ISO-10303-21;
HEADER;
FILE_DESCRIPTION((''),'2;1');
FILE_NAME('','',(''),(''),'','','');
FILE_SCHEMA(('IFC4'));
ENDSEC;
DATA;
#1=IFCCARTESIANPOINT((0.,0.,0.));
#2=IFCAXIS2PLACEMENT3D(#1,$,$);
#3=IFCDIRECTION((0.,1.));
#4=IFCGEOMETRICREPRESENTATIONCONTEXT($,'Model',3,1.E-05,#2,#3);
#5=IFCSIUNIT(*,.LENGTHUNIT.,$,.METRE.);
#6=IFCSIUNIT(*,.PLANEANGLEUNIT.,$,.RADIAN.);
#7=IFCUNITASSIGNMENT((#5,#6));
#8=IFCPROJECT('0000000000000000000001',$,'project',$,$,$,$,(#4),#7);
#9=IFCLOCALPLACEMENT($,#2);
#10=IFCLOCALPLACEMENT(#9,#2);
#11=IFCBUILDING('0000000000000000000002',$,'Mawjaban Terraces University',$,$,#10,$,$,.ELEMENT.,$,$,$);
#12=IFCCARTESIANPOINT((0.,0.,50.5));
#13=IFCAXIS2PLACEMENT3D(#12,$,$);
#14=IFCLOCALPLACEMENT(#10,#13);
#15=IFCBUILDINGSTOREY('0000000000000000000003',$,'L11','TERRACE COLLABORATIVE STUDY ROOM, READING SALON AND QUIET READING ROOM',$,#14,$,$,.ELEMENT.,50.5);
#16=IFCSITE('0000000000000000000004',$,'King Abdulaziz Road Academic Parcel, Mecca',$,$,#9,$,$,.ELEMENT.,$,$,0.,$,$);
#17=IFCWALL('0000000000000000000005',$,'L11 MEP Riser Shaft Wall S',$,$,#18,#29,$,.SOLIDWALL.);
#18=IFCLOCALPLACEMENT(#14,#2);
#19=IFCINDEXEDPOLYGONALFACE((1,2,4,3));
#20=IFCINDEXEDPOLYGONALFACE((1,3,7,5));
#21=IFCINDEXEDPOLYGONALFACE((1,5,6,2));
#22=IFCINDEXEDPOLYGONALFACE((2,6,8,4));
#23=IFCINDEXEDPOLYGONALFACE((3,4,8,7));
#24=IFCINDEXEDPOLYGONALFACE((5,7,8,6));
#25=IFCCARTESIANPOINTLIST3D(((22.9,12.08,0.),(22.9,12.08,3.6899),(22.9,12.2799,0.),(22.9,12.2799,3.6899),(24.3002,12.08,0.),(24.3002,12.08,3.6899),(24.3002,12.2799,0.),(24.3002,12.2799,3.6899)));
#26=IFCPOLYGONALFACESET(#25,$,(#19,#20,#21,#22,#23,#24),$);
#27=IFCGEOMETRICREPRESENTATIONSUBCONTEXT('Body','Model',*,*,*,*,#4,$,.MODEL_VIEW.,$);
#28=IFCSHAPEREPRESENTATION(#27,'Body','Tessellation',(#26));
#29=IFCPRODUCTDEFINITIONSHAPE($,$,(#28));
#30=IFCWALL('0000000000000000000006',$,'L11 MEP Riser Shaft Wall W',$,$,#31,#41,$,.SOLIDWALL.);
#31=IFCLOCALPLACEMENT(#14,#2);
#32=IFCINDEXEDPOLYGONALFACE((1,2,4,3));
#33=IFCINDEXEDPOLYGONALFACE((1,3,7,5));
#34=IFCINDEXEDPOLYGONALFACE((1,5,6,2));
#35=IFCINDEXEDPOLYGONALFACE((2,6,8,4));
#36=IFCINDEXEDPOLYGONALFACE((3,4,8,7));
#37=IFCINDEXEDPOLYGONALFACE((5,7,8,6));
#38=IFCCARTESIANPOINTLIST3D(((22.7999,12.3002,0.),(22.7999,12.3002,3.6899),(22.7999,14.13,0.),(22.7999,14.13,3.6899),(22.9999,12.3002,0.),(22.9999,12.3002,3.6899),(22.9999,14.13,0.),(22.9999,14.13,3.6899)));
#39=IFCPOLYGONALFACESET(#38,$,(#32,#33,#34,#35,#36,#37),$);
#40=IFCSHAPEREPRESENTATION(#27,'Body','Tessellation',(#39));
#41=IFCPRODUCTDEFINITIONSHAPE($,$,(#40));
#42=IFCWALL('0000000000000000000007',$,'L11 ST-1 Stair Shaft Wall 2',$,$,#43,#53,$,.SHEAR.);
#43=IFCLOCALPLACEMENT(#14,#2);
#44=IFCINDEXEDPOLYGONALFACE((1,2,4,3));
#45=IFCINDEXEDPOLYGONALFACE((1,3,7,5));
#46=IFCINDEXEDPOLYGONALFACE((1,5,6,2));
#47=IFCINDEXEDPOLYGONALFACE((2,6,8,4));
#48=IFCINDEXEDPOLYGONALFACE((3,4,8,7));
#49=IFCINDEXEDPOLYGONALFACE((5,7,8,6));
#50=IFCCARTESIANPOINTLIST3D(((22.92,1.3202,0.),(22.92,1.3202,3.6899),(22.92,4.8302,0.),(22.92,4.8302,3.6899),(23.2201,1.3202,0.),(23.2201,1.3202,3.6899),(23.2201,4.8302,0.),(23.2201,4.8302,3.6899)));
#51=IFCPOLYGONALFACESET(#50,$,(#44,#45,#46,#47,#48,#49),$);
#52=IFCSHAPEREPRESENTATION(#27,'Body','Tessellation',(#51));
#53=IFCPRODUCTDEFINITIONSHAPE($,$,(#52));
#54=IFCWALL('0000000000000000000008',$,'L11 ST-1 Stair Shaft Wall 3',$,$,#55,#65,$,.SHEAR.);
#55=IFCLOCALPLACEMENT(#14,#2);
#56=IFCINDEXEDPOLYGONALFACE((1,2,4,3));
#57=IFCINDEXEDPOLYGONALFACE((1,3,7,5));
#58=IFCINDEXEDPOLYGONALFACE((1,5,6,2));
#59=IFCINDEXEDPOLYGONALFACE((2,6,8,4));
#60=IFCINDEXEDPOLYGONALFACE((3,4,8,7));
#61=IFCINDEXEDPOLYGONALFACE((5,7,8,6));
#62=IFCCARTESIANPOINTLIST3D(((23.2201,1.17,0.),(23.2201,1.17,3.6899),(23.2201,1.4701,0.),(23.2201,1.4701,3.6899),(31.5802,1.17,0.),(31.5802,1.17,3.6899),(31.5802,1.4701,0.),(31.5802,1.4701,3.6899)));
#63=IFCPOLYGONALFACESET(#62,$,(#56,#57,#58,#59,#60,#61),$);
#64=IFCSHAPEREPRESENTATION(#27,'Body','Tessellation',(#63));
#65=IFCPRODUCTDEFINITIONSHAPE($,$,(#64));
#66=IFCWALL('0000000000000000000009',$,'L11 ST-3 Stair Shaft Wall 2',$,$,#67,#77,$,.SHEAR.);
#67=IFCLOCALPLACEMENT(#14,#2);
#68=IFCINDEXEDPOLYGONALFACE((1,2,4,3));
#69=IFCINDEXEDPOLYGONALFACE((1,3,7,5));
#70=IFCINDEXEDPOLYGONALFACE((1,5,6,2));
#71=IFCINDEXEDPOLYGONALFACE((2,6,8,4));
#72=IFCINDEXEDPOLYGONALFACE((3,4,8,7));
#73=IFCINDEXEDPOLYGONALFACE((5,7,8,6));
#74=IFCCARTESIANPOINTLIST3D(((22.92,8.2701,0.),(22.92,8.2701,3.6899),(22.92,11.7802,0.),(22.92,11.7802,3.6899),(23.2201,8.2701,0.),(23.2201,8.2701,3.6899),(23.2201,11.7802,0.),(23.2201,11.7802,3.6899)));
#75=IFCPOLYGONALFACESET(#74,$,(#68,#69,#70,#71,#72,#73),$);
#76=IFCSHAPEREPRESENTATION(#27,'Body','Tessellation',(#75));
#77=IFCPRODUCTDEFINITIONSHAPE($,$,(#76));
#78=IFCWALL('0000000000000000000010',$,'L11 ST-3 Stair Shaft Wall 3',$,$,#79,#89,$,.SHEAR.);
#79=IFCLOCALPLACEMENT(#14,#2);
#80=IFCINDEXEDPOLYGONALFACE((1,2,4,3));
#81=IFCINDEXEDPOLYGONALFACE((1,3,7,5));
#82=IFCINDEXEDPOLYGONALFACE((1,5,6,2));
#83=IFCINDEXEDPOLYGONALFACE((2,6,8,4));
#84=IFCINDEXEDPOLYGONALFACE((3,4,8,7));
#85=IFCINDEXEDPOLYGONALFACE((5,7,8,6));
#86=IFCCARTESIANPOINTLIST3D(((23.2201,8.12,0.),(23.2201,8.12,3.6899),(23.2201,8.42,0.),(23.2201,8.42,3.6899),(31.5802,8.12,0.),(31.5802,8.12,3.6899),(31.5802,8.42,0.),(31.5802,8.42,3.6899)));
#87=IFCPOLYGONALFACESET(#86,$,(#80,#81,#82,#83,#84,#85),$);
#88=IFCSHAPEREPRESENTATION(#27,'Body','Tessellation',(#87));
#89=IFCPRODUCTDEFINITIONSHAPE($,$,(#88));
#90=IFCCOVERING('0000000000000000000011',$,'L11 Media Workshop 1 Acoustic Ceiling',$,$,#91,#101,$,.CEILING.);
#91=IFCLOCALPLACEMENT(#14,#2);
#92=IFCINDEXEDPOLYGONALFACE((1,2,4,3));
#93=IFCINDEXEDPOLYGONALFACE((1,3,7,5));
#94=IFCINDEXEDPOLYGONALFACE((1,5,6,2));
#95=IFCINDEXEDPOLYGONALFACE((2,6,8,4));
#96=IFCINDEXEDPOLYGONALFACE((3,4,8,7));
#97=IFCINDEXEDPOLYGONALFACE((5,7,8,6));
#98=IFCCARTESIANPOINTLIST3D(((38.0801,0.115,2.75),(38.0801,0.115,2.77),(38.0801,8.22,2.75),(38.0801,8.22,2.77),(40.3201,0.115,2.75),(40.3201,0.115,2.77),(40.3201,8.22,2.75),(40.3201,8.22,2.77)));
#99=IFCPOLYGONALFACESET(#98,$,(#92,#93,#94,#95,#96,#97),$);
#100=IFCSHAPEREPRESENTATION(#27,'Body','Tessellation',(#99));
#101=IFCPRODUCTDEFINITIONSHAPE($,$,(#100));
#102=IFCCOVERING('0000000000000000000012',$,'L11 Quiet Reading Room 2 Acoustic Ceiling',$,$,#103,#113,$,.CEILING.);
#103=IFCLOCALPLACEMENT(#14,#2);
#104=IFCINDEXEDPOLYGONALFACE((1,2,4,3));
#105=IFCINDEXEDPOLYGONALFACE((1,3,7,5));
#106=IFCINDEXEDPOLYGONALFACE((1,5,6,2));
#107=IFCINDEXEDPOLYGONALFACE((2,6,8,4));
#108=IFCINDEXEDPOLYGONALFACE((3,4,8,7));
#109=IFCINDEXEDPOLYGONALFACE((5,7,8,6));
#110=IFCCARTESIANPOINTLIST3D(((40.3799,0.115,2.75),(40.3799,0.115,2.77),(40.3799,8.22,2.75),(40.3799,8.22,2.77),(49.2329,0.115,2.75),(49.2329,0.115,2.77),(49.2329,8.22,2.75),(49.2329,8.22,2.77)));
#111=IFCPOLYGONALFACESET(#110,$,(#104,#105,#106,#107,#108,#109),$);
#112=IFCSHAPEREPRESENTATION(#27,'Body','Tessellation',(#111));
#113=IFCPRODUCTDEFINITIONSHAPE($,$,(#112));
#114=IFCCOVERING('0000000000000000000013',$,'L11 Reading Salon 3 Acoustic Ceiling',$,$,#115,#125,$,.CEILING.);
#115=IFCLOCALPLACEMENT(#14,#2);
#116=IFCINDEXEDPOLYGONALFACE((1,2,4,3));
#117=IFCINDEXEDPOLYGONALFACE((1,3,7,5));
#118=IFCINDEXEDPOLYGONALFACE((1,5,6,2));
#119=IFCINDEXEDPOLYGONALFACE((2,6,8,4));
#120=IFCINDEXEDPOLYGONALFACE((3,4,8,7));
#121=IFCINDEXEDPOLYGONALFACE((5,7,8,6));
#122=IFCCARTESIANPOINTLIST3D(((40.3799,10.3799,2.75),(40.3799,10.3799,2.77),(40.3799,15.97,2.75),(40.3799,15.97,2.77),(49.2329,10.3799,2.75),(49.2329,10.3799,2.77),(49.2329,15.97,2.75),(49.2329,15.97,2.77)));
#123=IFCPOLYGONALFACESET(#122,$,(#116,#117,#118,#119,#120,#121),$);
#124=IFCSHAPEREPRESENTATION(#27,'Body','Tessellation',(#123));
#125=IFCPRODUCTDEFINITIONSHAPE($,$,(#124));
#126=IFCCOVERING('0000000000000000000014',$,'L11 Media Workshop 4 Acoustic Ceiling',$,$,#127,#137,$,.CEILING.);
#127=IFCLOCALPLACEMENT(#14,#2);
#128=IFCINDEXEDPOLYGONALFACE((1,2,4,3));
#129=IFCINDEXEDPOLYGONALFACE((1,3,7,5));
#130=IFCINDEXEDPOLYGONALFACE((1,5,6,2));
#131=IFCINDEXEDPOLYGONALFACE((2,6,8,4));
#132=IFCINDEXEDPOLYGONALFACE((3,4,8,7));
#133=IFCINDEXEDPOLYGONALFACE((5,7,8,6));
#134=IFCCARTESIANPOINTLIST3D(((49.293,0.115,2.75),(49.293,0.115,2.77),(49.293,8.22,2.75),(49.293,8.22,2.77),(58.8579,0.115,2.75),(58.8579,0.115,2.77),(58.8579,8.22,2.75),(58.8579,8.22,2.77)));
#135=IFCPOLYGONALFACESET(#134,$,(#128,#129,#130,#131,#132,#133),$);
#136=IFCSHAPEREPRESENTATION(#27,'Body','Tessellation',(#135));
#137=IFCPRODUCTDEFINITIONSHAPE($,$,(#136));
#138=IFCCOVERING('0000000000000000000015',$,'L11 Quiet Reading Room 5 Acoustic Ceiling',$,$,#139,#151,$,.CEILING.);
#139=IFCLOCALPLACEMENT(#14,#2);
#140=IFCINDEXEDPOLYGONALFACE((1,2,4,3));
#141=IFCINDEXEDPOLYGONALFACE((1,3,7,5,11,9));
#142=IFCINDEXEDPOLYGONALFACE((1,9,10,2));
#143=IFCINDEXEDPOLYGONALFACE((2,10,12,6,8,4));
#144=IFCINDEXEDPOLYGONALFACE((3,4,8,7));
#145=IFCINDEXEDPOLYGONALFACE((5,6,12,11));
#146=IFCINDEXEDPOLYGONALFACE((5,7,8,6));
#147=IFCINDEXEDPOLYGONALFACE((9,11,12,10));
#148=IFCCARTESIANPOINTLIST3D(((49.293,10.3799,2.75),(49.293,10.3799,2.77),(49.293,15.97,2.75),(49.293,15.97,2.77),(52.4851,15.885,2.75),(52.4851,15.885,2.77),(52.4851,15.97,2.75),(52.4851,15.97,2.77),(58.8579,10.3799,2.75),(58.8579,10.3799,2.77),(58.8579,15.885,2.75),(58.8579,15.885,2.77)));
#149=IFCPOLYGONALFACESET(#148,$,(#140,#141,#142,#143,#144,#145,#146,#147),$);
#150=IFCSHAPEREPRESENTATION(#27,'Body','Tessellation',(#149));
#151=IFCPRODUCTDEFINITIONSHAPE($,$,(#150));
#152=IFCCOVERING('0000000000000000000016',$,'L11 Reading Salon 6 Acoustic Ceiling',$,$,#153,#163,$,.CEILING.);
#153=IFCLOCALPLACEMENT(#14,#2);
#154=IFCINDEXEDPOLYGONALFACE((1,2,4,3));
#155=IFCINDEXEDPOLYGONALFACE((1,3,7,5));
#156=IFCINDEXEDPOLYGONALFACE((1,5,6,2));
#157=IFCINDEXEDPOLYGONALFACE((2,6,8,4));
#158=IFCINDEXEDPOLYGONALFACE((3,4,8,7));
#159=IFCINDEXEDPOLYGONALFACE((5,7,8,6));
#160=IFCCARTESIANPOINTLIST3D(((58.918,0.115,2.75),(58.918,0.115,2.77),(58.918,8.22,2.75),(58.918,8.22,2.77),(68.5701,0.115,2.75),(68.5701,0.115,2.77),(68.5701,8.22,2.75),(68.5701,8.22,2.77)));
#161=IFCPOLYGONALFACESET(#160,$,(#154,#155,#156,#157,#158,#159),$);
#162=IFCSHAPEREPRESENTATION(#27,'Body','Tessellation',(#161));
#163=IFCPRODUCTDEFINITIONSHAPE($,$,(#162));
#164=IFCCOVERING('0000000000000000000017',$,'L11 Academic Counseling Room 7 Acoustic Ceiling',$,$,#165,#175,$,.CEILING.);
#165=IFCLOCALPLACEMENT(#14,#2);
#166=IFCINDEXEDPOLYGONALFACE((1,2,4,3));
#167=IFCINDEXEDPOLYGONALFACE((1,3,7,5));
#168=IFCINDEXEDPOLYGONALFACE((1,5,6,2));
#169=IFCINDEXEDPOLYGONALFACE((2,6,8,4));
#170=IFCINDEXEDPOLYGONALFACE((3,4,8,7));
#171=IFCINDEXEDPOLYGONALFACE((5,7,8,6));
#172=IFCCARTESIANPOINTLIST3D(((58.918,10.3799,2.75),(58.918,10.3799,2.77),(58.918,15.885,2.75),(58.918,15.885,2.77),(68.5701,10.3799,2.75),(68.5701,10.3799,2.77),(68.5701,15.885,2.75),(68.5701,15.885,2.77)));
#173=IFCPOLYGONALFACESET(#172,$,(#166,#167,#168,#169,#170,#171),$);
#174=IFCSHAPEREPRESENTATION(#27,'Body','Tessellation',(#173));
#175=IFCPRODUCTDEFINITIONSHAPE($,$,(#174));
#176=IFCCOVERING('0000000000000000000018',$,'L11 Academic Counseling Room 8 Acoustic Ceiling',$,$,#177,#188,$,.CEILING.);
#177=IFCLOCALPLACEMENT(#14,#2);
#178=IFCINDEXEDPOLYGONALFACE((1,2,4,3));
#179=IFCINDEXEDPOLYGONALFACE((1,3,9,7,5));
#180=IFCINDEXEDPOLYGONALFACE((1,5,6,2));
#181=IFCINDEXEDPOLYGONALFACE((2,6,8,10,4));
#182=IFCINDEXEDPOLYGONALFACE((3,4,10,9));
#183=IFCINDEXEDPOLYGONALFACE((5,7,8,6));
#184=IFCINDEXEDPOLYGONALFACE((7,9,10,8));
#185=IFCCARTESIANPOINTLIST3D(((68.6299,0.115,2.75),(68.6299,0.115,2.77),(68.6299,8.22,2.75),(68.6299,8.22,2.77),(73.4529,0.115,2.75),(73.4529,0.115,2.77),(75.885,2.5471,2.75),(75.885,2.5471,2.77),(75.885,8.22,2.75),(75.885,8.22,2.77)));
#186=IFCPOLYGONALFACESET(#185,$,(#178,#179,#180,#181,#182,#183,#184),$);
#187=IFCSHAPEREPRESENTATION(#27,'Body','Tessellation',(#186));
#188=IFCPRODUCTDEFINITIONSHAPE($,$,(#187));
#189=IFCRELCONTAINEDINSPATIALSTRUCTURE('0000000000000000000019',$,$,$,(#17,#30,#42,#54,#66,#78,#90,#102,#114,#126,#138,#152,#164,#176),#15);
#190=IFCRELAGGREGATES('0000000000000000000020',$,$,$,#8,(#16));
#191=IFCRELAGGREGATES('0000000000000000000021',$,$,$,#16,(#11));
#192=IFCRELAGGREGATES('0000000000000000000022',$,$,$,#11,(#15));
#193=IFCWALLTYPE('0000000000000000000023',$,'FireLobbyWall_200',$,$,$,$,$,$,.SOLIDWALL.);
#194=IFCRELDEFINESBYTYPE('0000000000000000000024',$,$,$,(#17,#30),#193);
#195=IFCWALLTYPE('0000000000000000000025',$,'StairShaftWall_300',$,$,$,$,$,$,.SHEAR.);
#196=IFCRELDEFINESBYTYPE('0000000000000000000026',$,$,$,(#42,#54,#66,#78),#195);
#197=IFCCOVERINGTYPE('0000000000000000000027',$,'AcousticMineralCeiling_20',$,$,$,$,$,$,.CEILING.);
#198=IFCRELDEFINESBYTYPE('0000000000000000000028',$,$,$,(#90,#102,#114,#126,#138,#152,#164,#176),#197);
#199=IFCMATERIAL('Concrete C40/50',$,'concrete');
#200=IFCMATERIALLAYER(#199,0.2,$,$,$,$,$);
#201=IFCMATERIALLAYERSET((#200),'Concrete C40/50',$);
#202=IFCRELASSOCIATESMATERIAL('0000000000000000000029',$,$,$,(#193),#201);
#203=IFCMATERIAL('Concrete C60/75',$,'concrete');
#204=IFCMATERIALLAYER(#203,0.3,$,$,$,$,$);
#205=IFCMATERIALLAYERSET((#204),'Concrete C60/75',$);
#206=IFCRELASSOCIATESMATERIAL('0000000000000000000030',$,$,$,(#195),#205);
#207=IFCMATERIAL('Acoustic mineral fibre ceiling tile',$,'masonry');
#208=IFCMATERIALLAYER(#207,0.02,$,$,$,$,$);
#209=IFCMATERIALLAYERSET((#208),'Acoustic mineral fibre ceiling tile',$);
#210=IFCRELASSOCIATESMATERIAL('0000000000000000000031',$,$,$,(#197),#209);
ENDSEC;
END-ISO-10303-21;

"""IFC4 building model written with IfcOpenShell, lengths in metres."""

from ifc_helpers import new_model, si_unit, direction, frame, frame_2d, origin, place, context, subcontext, project, spatial, polyline, rectangle, outline, extrude, material, layer, layer_set, type_object, element, save


model = new_model("IFC4")

# Units and contexts
model_context = context("Model", 3, precision=1e-05, world=origin(), true_north=direction((0.0, 1.0)))
body_context = subcontext(model_context, "Body", "Model", "MODEL_VIEW")
ifc_project = project(units=[si_unit("LENGTHUNIT", "METRE"), si_unit("PLANEANGLEUNIT", "RADIAN")], contexts=[model_context])

# Site, building, storey
site_placement = place(None, origin())
site = spatial("IfcSite", under=ifc_project, at=site_placement, Name="King Abdulaziz Road Academic Parcel, Mecca", CompositionType="ELEMENT", RefElevation=0.0)
building_placement = place(site_placement, origin())
building = spatial("IfcBuilding", under=site, at=building_placement, Name="Mawjaban Terraces University", CompositionType="ELEMENT")
storey_placement = place(building_placement, frame((0.0, 0.0, 50.5)))
storey = spatial("IfcBuildingStorey", under=building, at=storey_placement, Name="L11", Description="TERRACE COLLABORATIVE STUDY ROOM, READING SALON AND QUIET READING ROOM", CompositionType="ELEMENT", Elevation=50.5)

# Shared definitions
ifc_material_1 = material(Name="Concrete C40/50", Category="concrete")

# Walls
ifc_layer_1 = layer(ifc_material_1, 0.2)
ifc_layer_set_1 = layer_set([ifc_layer_1], Name="Concrete C40/50")
wall_type_1 = type_object("IfcWallType", Name="FireLobbyWall_200", PredefinedType="SOLIDWALL", material=ifc_layer_set_1)
wall_1_placement = place(storey_placement, frame((22.8999, 12.1799, 0.0), z_axis=(0.0, 0.0, 1.0), x_axis=(1.0, 0.0, 0.0)))
element("IfcWall", 1, at=wall_1_placement, inside=storey, type_object=wall_type_1, Name="L11 MEP Riser Shaft Wall S", PredefinedType="SOLIDWALL", context=body_context, shape_type="SweptSolid", body=[
    extrude(rectangle(XDim=1.4001, YDim=0.2, at=frame_2d((0.7002, 0.0))), origin(), (0.0, 0.0, 1.0), 3.6899),
])
wall_2_placement = place(storey_placement, frame((22.8999, 12.3, 0.0), z_axis=(0.0, 0.0, 1.0), x_axis=(0.0, 1.0, 0.0)))
element("IfcWall", 2, at=wall_2_placement, inside=storey, type_object=wall_type_1, Name="L11 MEP Riser Shaft Wall W", PredefinedType="SOLIDWALL", context=body_context, shape_type="SweptSolid", body=[
    extrude(rectangle(XDim=1.8298, YDim=0.2, at=frame_2d((0.915, 0.0))), origin(), (0.0, 0.0, 1.0), 3.6899),
])
ifc_material_2 = material(Name="Concrete C60/75", Category="concrete")
ifc_layer_2 = layer(ifc_material_2, 0.3)
ifc_layer_set_2 = layer_set([ifc_layer_2], Name="Concrete C60/75")
wall_type_2 = type_object("IfcWallType", Name="StairShaftWall_300", PredefinedType="SHEAR", material=ifc_layer_set_2)
wall_3_placement = place(storey_placement, frame((23.0701, 4.8301, 0.0), z_axis=(0.0, 0.0, 1.0), x_axis=(0.0, -1.0, 0.0)))
element("IfcWall", 3, at=wall_3_placement, inside=storey, type_object=wall_type_2, Name="L11 ST-1 Stair Shaft Wall 2", PredefinedType="SHEAR", context=body_context, shape_type="SweptSolid", body=[
    extrude(rectangle(XDim=3.51, YDim=0.3, at=frame_2d((1.7549, 0.0))), origin(), (0.0, 0.0, 1.0), 3.6899),
])
wall_4_placement = place(storey_placement, frame((23.22, 1.3201, 0.0), z_axis=(0.0, 0.0, 1.0), x_axis=(1.0, 0.0, 0.0)))
element("IfcWall", 4, at=wall_4_placement, inside=storey, type_object=wall_type_2, Name="L11 ST-1 Stair Shaft Wall 3", PredefinedType="SHEAR", context=body_context, shape_type="SweptSolid", body=[
    extrude(rectangle(XDim=8.3601, YDim=0.3, at=frame_2d((4.1802, 0.0))), origin(), (0.0, 0.0, 1.0), 3.6899),
])
wall_5_placement = place(storey_placement, frame((23.0701, 11.78, 0.0), z_axis=(0.0, 0.0, 1.0), x_axis=(0.0, -1.0, 0.0)))
element("IfcWall", 5, at=wall_5_placement, inside=storey, type_object=wall_type_2, Name="L11 ST-3 Stair Shaft Wall 2", PredefinedType="SHEAR", context=body_context, shape_type="SweptSolid", body=[
    extrude(rectangle(XDim=3.51, YDim=0.3, at=frame_2d((1.7549, 0.0))), origin(), (0.0, 0.0, 1.0), 3.6899),
])
wall_6_placement = place(storey_placement, frame((23.22, 8.27, 0.0), z_axis=(0.0, 0.0, 1.0), x_axis=(1.0, 0.0, 0.0)))
element("IfcWall", 6, at=wall_6_placement, inside=storey, type_object=wall_type_2, Name="L11 ST-3 Stair Shaft Wall 3", PredefinedType="SHEAR", context=body_context, shape_type="SweptSolid", body=[
    extrude(rectangle(XDim=8.3601, YDim=0.3, at=frame_2d((4.1802, 0.0))), origin(), (0.0, 0.0, 1.0), 3.6899),
])

# Coverings
ifc_material_3 = material(Name="Acoustic mineral fibre ceiling tile", Category="masonry")
ifc_layer_3 = layer(ifc_material_3, 0.02)
ifc_layer_set_3 = layer_set([ifc_layer_3], Name="Acoustic mineral fibre ceiling tile")
covering_type_1 = type_object("IfcCoveringType", Name="AcousticMineralCeiling_20", PredefinedType="CEILING", material=ifc_layer_set_3)
covering_1_placement = place(storey_placement, frame((0.0, 0.0, 2.75)))
element("IfcCovering", 7, at=covering_1_placement, inside=storey, type_object=covering_type_1, Name="L11 Media Workshop 1 Acoustic Ceiling", PredefinedType="CEILING", context=body_context, shape_type="SweptSolid", body=[
    extrude(outline(polyline([(38.0801, 0.115), (40.3201, 0.115), (40.3201, 8.22), (38.0801, 8.22), (38.0801, 0.115)])), origin(), (0.0, 0.0, 1.0), 0.02),
])
covering_2_placement = place(storey_placement, frame((0.0, 0.0, 2.75)))
element("IfcCovering", 8, at=covering_2_placement, inside=storey, type_object=covering_type_1, Name="L11 Quiet Reading Room 2 Acoustic Ceiling", PredefinedType="CEILING", context=body_context, shape_type="SweptSolid", body=[
    extrude(outline(polyline([(40.3799, 0.115), (49.2329, 0.115), (49.2329, 8.22), (40.3799, 8.22), (40.3799, 0.115)])), origin(), (0.0, 0.0, 1.0), 0.02),
])
covering_3_placement = place(storey_placement, frame((0.0, 0.0, 2.75)))
element("IfcCovering", 9, at=covering_3_placement, inside=storey, type_object=covering_type_1, Name="L11 Reading Salon 3 Acoustic Ceiling", PredefinedType="CEILING", context=body_context, shape_type="SweptSolid", body=[
    extrude(outline(polyline([(49.2329, 10.3799), (49.2329, 15.97), (40.3799, 15.97), (40.3799, 10.3799), (49.2329, 10.3799)])), origin(), (0.0, 0.0, 1.0), 0.02),
])
covering_4_placement = place(storey_placement, frame((0.0, 0.0, 2.75)))
element("IfcCovering", 10, at=covering_4_placement, inside=storey, type_object=covering_type_1, Name="L11 Media Workshop 4 Acoustic Ceiling", PredefinedType="CEILING", context=body_context, shape_type="SweptSolid", body=[
    extrude(outline(polyline([(49.293, 0.115), (58.8579, 0.115), (58.8579, 8.22), (49.293, 8.22), (49.293, 0.115)])), origin(), (0.0, 0.0, 1.0), 0.02),
])
covering_5_placement = place(storey_placement, frame((0.0, 0.0, 2.75)))
element("IfcCovering", 11, at=covering_5_placement, inside=storey, type_object=covering_type_1, Name="L11 Quiet Reading Room 5 Acoustic Ceiling", PredefinedType="CEILING", context=body_context, shape_type="SweptSolid", body=[
    extrude(outline(polyline([(58.8579, 15.885), (52.4851, 15.885), (52.4851, 15.97), (49.293, 15.97), (49.293, 10.3799), (58.8579, 10.3799), (58.8579, 15.885)])), origin(), (0.0, 0.0, 1.0), 0.02),
])
covering_6_placement = place(storey_placement, frame((0.0, 0.0, 2.75)))
element("IfcCovering", 12, at=covering_6_placement, inside=storey, type_object=covering_type_1, Name="L11 Reading Salon 6 Acoustic Ceiling", PredefinedType="CEILING", context=body_context, shape_type="SweptSolid", body=[
    extrude(outline(polyline([(58.918, 0.115), (68.5701, 0.115), (68.5701, 8.22), (58.918, 8.22), (58.918, 0.115)])), origin(), (0.0, 0.0, 1.0), 0.02),
])
covering_7_placement = place(storey_placement, frame((0.0, 0.0, 2.75)))
element("IfcCovering", 13, at=covering_7_placement, inside=storey, type_object=covering_type_1, Name="L11 Academic Counseling Room 7 Acoustic Ceiling", PredefinedType="CEILING", context=body_context, shape_type="SweptSolid", body=[
    extrude(outline(polyline([(68.5701, 15.885), (58.918, 15.885), (58.918, 10.3799), (68.5701, 10.3799), (68.5701, 15.885)])), origin(), (0.0, 0.0, 1.0), 0.02),
])
covering_8_placement = place(storey_placement, frame((0.0, 0.0, 2.75)))
element("IfcCovering", 14, at=covering_8_placement, inside=storey, type_object=covering_type_1, Name="L11 Academic Counseling Room 8 Acoustic Ceiling", PredefinedType="CEILING", context=body_context, shape_type="SweptSolid", body=[
    extrude(outline(polyline([(68.6299, 0.115), (73.4529, 0.115), (75.885, 2.5471), (75.885, 8.22), (68.6299, 8.22), (68.6299, 0.115)])), origin(), (0.0, 0.0, 1.0), 0.02),
])

save(model, "model.ifc")
